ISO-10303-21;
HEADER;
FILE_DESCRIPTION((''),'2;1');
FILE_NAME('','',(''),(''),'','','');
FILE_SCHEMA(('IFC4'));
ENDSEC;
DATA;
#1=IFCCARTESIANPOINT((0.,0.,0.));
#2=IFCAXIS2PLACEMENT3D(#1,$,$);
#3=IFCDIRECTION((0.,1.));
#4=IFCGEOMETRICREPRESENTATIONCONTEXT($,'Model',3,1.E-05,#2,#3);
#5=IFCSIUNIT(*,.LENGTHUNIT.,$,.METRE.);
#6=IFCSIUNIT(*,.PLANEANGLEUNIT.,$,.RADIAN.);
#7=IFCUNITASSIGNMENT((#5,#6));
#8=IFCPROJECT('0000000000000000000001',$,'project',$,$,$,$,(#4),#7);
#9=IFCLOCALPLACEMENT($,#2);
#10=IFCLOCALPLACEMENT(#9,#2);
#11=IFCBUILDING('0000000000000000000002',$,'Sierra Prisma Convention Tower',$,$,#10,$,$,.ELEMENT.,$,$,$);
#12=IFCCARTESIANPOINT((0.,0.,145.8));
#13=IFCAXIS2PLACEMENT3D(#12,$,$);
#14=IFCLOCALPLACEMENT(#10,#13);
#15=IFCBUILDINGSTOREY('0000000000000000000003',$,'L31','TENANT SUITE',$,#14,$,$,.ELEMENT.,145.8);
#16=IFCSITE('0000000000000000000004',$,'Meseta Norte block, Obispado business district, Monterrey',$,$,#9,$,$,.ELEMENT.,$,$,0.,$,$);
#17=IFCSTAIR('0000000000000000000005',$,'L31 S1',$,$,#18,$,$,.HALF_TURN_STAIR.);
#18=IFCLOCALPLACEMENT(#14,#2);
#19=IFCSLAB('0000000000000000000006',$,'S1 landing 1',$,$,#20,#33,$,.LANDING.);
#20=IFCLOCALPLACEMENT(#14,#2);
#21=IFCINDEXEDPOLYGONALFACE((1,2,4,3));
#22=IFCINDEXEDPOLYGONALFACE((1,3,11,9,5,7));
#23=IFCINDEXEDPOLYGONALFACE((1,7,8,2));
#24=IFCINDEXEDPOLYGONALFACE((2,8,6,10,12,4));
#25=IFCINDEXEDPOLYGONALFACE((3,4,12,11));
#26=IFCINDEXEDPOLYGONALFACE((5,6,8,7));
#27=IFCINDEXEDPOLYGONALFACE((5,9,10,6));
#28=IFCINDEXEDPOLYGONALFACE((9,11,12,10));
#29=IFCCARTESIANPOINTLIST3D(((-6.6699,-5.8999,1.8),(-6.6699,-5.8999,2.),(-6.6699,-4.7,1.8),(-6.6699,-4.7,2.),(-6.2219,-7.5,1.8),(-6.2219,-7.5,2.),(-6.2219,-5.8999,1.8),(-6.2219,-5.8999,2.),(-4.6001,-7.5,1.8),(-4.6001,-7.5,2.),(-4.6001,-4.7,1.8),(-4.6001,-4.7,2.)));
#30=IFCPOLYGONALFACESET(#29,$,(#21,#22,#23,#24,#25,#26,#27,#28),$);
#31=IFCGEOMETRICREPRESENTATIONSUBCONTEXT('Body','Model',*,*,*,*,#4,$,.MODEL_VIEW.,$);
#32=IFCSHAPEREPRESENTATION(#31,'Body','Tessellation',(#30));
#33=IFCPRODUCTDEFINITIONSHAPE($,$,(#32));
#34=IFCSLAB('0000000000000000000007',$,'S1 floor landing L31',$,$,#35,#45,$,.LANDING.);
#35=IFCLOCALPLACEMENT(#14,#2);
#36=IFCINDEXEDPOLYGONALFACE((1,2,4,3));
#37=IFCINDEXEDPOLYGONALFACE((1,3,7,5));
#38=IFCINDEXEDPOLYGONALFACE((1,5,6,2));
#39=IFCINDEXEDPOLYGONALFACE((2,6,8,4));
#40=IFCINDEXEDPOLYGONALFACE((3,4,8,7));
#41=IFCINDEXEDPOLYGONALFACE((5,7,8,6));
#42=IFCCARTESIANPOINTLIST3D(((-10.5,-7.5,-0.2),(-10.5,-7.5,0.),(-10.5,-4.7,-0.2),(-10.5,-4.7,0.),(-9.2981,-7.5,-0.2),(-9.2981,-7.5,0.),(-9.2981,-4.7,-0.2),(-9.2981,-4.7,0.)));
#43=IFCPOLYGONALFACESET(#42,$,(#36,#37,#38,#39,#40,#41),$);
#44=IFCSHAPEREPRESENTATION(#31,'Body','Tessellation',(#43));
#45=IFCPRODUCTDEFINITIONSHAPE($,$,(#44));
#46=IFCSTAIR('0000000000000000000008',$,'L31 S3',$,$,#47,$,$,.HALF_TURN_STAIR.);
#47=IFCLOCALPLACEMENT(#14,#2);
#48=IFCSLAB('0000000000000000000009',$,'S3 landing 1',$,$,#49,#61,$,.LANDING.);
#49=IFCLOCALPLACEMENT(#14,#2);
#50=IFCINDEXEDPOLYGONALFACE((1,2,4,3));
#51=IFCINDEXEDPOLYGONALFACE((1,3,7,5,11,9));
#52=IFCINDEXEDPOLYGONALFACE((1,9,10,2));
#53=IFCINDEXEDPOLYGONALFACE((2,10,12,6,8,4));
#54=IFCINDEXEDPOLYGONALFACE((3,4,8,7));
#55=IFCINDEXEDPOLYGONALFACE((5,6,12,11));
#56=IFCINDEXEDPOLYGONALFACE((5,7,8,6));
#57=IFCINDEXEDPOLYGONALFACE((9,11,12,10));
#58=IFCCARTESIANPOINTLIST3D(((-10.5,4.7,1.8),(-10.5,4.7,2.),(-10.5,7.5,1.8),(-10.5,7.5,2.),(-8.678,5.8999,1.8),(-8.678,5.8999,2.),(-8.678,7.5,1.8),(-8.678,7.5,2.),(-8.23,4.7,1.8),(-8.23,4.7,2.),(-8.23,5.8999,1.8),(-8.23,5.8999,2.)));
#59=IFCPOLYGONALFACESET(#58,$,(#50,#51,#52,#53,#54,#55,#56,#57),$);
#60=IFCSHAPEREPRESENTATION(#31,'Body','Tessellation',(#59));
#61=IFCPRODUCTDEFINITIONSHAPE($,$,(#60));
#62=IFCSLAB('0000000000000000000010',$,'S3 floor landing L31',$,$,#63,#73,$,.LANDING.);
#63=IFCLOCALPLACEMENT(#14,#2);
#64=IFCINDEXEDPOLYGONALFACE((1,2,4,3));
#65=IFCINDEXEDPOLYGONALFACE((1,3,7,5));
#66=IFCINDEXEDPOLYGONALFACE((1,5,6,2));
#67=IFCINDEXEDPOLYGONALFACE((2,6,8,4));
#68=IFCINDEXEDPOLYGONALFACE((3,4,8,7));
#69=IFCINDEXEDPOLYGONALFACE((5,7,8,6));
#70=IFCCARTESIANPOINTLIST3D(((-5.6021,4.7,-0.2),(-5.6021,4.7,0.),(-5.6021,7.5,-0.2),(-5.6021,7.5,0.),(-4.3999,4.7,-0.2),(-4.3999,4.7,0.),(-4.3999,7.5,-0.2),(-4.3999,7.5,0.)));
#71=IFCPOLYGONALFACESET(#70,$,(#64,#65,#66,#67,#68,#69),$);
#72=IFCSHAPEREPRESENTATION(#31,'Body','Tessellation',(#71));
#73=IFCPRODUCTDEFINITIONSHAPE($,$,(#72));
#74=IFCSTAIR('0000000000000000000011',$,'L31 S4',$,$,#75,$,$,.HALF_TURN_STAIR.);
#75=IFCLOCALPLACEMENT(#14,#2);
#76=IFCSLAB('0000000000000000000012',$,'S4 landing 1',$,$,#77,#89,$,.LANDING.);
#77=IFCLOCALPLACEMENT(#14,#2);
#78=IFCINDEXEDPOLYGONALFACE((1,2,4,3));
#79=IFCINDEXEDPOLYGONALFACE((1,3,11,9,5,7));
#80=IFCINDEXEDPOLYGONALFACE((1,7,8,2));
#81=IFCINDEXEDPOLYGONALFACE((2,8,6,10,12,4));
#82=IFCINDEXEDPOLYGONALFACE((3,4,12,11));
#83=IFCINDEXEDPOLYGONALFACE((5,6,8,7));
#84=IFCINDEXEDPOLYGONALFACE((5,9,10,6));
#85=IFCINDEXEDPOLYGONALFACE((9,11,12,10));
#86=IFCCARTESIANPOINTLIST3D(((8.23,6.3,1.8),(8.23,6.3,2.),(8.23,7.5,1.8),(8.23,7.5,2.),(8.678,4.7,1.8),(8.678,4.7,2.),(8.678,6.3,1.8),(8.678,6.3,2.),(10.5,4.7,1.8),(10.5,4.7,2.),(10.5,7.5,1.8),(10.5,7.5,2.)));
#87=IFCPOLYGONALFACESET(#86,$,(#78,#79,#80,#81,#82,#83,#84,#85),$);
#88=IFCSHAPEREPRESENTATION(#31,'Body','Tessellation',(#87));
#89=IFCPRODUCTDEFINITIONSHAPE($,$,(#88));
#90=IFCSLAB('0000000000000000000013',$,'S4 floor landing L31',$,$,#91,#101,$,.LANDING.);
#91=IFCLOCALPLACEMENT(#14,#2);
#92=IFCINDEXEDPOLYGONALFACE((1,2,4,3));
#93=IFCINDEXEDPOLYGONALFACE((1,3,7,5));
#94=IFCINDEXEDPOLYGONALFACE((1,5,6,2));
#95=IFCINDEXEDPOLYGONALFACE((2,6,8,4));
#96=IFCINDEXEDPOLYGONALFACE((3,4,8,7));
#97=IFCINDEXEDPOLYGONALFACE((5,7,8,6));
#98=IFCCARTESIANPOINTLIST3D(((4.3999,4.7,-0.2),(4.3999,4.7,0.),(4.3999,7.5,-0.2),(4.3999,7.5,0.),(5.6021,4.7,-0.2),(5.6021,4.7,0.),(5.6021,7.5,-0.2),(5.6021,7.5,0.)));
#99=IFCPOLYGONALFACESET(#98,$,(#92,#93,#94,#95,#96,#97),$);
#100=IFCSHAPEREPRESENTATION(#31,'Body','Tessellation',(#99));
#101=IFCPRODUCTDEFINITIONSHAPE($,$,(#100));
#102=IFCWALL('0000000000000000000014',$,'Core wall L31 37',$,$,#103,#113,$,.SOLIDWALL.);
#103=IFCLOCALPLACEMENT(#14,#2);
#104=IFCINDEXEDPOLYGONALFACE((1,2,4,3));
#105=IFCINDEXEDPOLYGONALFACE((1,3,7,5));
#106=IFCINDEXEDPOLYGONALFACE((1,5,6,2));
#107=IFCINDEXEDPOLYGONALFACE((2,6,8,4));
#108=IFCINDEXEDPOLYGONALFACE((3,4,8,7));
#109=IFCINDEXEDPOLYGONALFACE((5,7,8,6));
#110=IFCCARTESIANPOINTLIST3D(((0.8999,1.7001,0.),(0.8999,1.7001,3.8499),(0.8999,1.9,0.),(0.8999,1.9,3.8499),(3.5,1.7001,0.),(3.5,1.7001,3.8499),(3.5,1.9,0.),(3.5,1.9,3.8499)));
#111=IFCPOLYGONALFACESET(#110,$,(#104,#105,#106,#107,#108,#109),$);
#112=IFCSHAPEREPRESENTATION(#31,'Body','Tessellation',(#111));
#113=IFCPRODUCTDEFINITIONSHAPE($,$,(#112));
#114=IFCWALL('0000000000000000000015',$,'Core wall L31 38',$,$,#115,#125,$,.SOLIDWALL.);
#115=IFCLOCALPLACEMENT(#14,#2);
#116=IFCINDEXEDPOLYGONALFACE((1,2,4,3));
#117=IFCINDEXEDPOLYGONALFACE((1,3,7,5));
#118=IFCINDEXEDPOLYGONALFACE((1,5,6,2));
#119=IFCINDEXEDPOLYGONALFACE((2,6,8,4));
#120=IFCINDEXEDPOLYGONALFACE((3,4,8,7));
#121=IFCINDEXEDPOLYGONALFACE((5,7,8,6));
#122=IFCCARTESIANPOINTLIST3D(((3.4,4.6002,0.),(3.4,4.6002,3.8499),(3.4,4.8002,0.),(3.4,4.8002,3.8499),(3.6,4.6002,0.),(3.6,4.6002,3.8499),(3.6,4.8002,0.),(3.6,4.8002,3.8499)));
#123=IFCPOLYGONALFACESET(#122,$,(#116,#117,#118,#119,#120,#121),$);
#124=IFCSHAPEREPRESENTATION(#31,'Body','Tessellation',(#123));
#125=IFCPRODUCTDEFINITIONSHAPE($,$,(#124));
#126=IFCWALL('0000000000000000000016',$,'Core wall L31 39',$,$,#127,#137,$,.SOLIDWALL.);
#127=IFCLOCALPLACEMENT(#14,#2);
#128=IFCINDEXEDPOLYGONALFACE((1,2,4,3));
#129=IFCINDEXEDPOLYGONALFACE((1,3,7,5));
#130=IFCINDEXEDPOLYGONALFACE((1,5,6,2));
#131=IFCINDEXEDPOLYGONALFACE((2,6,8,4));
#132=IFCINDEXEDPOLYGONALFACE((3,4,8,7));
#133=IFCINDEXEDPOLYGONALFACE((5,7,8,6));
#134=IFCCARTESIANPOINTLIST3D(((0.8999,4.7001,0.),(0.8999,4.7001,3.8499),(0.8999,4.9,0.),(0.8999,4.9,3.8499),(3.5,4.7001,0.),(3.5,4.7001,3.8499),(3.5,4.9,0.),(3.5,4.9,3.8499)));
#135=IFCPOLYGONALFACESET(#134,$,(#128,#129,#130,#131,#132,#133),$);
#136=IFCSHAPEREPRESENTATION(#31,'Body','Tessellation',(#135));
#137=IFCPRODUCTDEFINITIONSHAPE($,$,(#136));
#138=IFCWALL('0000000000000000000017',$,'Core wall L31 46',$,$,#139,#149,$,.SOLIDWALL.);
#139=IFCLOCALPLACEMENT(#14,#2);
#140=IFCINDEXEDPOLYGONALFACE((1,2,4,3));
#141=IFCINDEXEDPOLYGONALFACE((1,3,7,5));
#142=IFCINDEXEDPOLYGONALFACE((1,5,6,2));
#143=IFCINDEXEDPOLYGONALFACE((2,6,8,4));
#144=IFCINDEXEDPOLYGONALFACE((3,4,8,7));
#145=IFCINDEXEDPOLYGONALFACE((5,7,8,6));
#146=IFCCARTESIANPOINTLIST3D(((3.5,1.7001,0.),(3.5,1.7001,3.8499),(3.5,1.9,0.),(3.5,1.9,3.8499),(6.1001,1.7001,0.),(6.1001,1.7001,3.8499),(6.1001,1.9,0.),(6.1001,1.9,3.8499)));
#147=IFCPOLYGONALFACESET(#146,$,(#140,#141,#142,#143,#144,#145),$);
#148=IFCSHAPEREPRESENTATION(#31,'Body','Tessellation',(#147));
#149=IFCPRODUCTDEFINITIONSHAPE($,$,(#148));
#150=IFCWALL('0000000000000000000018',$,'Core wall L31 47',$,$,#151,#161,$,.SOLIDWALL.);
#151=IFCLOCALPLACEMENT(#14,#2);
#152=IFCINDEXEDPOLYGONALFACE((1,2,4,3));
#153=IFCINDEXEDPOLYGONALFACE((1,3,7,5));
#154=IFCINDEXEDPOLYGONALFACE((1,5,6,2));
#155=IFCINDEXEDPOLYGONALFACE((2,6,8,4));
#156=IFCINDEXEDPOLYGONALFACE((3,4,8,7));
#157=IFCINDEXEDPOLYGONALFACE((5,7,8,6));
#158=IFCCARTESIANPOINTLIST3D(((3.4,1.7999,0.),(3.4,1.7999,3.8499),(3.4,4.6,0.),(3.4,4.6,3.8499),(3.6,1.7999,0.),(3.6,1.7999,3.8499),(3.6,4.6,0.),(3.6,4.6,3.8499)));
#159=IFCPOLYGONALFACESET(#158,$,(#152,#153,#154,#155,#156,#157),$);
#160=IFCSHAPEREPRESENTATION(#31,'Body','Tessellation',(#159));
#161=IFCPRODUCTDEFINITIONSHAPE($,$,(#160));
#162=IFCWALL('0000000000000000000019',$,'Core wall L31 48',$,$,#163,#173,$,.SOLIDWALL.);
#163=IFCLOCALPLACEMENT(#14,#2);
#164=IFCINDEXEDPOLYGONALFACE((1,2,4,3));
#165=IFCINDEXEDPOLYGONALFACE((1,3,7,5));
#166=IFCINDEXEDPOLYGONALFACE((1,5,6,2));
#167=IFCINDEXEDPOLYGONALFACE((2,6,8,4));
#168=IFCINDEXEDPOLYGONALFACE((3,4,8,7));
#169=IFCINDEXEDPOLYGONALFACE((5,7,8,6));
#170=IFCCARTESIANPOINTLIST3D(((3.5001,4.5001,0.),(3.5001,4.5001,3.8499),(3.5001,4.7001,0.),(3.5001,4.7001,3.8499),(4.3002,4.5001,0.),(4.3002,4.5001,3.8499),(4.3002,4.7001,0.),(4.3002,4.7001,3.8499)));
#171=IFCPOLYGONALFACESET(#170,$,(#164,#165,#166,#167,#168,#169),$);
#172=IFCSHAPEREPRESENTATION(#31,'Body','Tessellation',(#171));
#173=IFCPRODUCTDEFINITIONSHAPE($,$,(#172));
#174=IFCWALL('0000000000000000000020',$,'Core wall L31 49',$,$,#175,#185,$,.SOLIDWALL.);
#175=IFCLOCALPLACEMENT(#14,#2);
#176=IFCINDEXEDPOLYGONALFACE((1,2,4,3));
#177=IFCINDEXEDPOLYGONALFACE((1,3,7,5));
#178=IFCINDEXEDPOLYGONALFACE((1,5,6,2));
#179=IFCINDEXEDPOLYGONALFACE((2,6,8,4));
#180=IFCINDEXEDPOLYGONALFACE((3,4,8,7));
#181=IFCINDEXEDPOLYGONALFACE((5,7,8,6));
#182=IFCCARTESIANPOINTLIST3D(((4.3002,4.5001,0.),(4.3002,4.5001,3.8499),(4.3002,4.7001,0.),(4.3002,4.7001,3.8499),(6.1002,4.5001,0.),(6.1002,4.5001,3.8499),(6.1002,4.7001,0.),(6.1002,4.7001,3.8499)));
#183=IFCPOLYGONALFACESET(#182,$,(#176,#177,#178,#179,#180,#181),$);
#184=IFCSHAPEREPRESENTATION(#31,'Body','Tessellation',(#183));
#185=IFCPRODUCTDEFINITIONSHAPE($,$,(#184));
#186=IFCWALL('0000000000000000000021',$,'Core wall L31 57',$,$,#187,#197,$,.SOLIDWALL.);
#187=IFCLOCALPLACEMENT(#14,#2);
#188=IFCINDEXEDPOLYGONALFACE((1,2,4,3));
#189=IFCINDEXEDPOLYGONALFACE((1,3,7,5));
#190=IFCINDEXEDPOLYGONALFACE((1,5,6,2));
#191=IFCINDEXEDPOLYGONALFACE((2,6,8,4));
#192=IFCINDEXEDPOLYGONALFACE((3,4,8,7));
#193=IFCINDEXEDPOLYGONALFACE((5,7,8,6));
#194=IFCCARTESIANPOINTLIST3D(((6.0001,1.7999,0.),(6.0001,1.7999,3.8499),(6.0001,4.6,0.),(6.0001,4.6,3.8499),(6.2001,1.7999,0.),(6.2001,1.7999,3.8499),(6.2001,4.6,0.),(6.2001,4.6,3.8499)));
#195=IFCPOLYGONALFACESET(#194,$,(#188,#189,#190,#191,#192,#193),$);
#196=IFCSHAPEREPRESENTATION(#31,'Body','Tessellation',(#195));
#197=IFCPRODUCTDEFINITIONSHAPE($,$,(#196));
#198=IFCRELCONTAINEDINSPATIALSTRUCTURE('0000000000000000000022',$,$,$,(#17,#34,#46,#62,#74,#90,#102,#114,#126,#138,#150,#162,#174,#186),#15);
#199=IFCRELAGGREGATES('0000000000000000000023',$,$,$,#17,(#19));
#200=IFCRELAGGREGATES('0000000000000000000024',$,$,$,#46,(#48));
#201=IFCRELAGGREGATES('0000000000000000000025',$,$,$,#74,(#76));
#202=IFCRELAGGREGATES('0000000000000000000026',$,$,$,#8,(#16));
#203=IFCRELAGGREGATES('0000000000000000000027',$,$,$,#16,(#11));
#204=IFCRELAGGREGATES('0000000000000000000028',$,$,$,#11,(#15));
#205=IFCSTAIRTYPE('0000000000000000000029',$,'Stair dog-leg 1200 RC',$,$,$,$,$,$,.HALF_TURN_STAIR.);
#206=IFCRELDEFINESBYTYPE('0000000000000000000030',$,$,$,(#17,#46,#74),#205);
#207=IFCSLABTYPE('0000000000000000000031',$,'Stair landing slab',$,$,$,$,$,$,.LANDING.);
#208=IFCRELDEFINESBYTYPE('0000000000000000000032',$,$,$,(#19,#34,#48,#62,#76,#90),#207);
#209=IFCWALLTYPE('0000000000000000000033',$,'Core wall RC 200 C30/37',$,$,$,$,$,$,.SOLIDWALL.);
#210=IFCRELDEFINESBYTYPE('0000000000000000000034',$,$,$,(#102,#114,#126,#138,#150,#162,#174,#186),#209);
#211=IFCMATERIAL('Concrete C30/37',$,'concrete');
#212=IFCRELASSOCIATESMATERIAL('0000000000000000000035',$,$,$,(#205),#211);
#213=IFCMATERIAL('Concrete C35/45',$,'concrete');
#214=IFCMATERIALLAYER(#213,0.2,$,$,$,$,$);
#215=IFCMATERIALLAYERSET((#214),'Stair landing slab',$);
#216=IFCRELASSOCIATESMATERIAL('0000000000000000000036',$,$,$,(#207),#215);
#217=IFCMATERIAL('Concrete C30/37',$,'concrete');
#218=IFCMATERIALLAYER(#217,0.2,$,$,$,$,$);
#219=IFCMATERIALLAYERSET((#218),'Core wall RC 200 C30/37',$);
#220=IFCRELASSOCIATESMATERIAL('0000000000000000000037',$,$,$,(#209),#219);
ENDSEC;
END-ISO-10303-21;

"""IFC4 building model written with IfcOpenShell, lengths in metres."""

from ifc_helpers import new_model, si_unit, direction, frame, frame_2d, origin, place, context, subcontext, project, spatial, polyline, rectangle, outline, extrude, material, layer, layer_set, type_object, element, aggregate, save


model = new_model("IFC4")

# Units and contexts
model_context = context("Model", 3, precision=1e-05, world=origin(), true_north=direction((0.0, 1.0)))
body_context = subcontext(model_context, "Body", "Model", "MODEL_VIEW")
ifc_project = project(units=[si_unit("LENGTHUNIT", "METRE"), si_unit("PLANEANGLEUNIT", "RADIAN")], contexts=[model_context])

# Site, building, storey
site_placement = place(None, origin())
site = spatial("IfcSite", under=ifc_project, at=site_placement, Name="Meseta Norte block, Obispado business district, Monterrey", CompositionType="ELEMENT", RefElevation=0.0)
building_placement = place(site_placement, origin())
building = spatial("IfcBuilding", under=site, at=building_placement, Name="Sierra Prisma Convention Tower", CompositionType="ELEMENT")
storey_placement = place(building_placement, frame((0.0, 0.0, 145.8)))
storey = spatial("IfcBuildingStorey", under=building, at=storey_placement, Name="L31", Description="TENANT SUITE", CompositionType="ELEMENT", Elevation=145.8)

# Stair, slab
ifc_material_1 = material(Name="Concrete C30/37", Category="concrete")
stair_type = type_object("IfcStairType", Name="Stair dog-leg 1200 RC", PredefinedType="HALF_TURN_STAIR", material=ifc_material_1)
stair_1_placement = place(storey_placement, origin())
stair_1 = element("IfcStair", 1, at=stair_1_placement, inside=storey, type_object=stair_type, Name="L31 S1", PredefinedType="HALF_TURN_STAIR")
ifc_material_2 = material(Name="Concrete C35/45", Category="concrete")
ifc_layer_1 = layer(ifc_material_2, 0.2)
ifc_layer_set_1 = layer_set([ifc_layer_1], Name="Stair landing slab")
slab_type = type_object("IfcSlabType", Name="Stair landing slab", PredefinedType="LANDING", material=ifc_layer_set_1)
slab_1_placement = place(storey_placement, frame((0.0, 0.0, 1.8)))
slab_1 = element("IfcSlab", 2, at=slab_1_placement, type_object=slab_type, Name="S1 landing 1", PredefinedType="LANDING", context=body_context, shape_type="SweptSolid", body=[
    extrude(outline(polyline([(-4.6001, -4.7), (-4.6001, -7.5), (-6.2219, -7.5), (-6.2219, -5.8999), (-6.6699, -5.8999), (-6.6699, -4.7), (-4.6001, -4.7)])), origin(), (0.0, 0.0, 1.0), 0.2),
])
aggregate(stair_1, [slab_1])

# Slab
slab_2_placement = place(storey_placement, frame((0.0, 0.0, -0.2)))
element("IfcSlab", 3, at=slab_2_placement, inside=storey, type_object=slab_type, Name="S1 floor landing L31", PredefinedType="LANDING", context=body_context, shape_type="SweptSolid", body=[
    extrude(outline(polyline([(-10.5, -7.5), (-9.2981, -7.5), (-9.2981, -4.7), (-10.5, -4.7), (-10.5, -7.5)])), origin(), (0.0, 0.0, 1.0), 0.2),
])

# Stair, slab
stair_2_placement = place(storey_placement, origin())
stair_2 = element("IfcStair", 4, at=stair_2_placement, inside=storey, type_object=stair_type, Name="L31 S3", PredefinedType="HALF_TURN_STAIR")
slab_3_placement = place(storey_placement, frame((0.0, 0.0, 1.8)))
slab_3 = element("IfcSlab", 5, at=slab_3_placement, type_object=slab_type, Name="S3 landing 1", PredefinedType="LANDING", context=body_context, shape_type="SweptSolid", body=[
    extrude(outline(polyline([(-8.23, 5.8999), (-8.23, 4.7), (-10.5, 4.7), (-10.5, 7.5), (-8.678, 7.5), (-8.678, 5.8999), (-8.23, 5.8999)])), origin(), (0.0, 0.0, 1.0), 0.2),
])
aggregate(stair_2, [slab_3])

# Slab
slab_4_placement = place(storey_placement, frame((0.0, 0.0, -0.2)))
element("IfcSlab", 6, at=slab_4_placement, inside=storey, type_object=slab_type, Name="S3 floor landing L31", PredefinedType="LANDING", context=body_context, shape_type="SweptSolid", body=[
    extrude(outline(polyline([(-4.3999, 7.5), (-5.6021, 7.5), (-5.6021, 4.7), (-4.3999, 4.7), (-4.3999, 7.5)])), origin(), (0.0, 0.0, 1.0), 0.2),
])

# Stair, slab
stair_3_placement = place(storey_placement, origin())
stair_3 = element("IfcStair", 7, at=stair_3_placement, inside=storey, type_object=stair_type, Name="L31 S4", PredefinedType="HALF_TURN_STAIR")
slab_5_placement = place(storey_placement, frame((0.0, 0.0, 1.8)))
slab_5 = element("IfcSlab", 8, at=slab_5_placement, type_object=slab_type, Name="S4 landing 1", PredefinedType="LANDING", context=body_context, shape_type="SweptSolid", body=[
    extrude(outline(polyline([(10.5, 7.5), (10.5, 4.7), (8.678, 4.7), (8.678, 6.3), (8.23, 6.3), (8.23, 7.5), (10.5, 7.5)])), origin(), (0.0, 0.0, 1.0), 0.2),
])

# Slab
slab_6_placement = place(storey_placement, frame((0.0, 0.0, -0.2)))
element("IfcSlab", 9, at=slab_6_placement, inside=storey, type_object=slab_type, Name="S4 floor landing L31", PredefinedType="LANDING", context=body_context, shape_type="SweptSolid", body=[
    extrude(outline(polyline([(4.3999, 4.7), (5.6021, 4.7), (5.6021, 7.5), (4.3999, 7.5), (4.3999, 4.7)])), origin(), (0.0, 0.0, 1.0), 0.2),
])

# Shared definitions
ifc_material_3 = material(Name="Concrete C30/37", Category="concrete")
ifc_layer_2 = layer(ifc_material_3, 0.2)
ifc_layer_set_2 = layer_set([ifc_layer_2], Name="Core wall RC 200 C30/37")
wall_type_1 = type_object("IfcWallType", Name="Core wall RC 200 C30/37", PredefinedType="SOLIDWALL", material=ifc_layer_set_2)

# Walls
wall_1_placement = place(storey_placement, frame((3.5, 1.8, 0.0), z_axis=(0.0, 0.0, 1.0), x_axis=(-1.0, 0.0, 0.0)))
element("IfcWall", 10, at=wall_1_placement, inside=storey, type_object=wall_type_1, Name="Core wall L31 37", PredefinedType="SOLIDWALL", context=body_context, shape_type="SweptSolid", body=[
    extrude(rectangle(XDim=2.6001, YDim=0.2, at=frame_2d((1.3, 0.0))), origin(), (0.0, 0.0, 1.0), 3.8499),
])
wall_2_placement = place(storey_placement, frame((3.5, 4.6001, 0.0), z_axis=(0.0, 0.0, 1.0), x_axis=(0.0, 1.0, 0.0)))
element("IfcWall", 11, at=wall_2_placement, inside=storey, type_object=wall_type_1, Name="Core wall L31 38", PredefinedType="SOLIDWALL", context=body_context, shape_type="SweptSolid", body=[
    extrude(rectangle(XDim=0.2, YDim=0.2, at=frame_2d((0.1001, 0.0))), origin(), (0.0, 0.0, 1.0), 3.8499),
])
wall_3_placement = place(storey_placement, frame((3.5, 4.8, 0.0), z_axis=(0.0, 0.0, 1.0), x_axis=(-1.0, 0.0, 0.0)))
element("IfcWall", 12, at=wall_3_placement, inside=storey, type_object=wall_type_1, Name="Core wall L31 39", PredefinedType="SOLIDWALL", context=body_context, shape_type="SweptSolid", body=[
    extrude(rectangle(XDim=2.6001, YDim=0.2, at=frame_2d((1.3, 0.0))), origin(), (0.0, 0.0, 1.0), 3.8499),
])

# Walls
wall_4_placement = place(storey_placement, frame((6.1001, 1.8, 0.0), z_axis=(0.0, 0.0, 1.0), x_axis=(-1.0, 0.0, 0.0)))
element("IfcWall", 13, at=wall_4_placement, inside=storey, type_object=wall_type_1, Name="Core wall L31 46", PredefinedType="SOLIDWALL", context=body_context, shape_type="SweptSolid", body=[
    extrude(rectangle(XDim=2.6001, YDim=0.2, at=frame_2d((1.3, 0.0))), origin(), (0.0, 0.0, 1.0), 3.8499),
])
wall_5_placement = place(storey_placement, frame((3.5, 1.8, 0.0), z_axis=(0.0, 0.0, 1.0), x_axis=(0.0, 1.0, 0.0)))
element("IfcWall", 14, at=wall_5_placement, inside=storey, type_object=wall_type_1, Name="Core wall L31 47", PredefinedType="SOLIDWALL", context=body_context, shape_type="SweptSolid", body=[
    extrude(rectangle(XDim=2.8, YDim=0.2, at=frame_2d((1.3999, 0.0))), origin(), (0.0, 0.0, 1.0), 3.8499),
])
wall_6_placement = place(storey_placement, frame((4.3, 4.6001, 0.0), z_axis=(0.0, 0.0, 1.0), x_axis=(-1.0, 0.0, 0.0)))
element("IfcWall", 15, at=wall_6_placement, inside=storey, type_object=wall_type_1, Name="Core wall L31 48", PredefinedType="SOLIDWALL", context=body_context, shape_type="SweptSolid", body=[
    extrude(rectangle(XDim=0.8, YDim=0.2, at=frame_2d((0.3999, 0.0))), origin(), (0.0, 0.0, 1.0), 3.8499),
])
wall_7_placement = place(storey_placement, frame((6.1001, 4.6001, 0.0), z_axis=(0.0, 0.0, 1.0), x_axis=(-1.0, 0.0, 0.0)))
element("IfcWall", 16, at=wall_7_placement, inside=storey, type_object=wall_type_1, Name="Core wall L31 49", PredefinedType="SOLIDWALL", context=body_context, shape_type="SweptSolid", body=[
    extrude(rectangle(XDim=1.8, YDim=0.2, at=frame_2d((0.8999, 0.0))), origin(), (0.0, 0.0, 1.0), 3.8499),
])

# Wall
wall_8_placement = place(storey_placement, frame((6.1001, 1.8, 0.0), z_axis=(0.0, 0.0, 1.0), x_axis=(0.0, 1.0, 0.0)))
element("IfcWall", 17, at=wall_8_placement, inside=storey, type_object=wall_type_1, Name="Core wall L31 57", PredefinedType="SOLIDWALL", context=body_context, shape_type="SweptSolid", body=[
    extrude(rectangle(XDim=2.8, YDim=0.2, at=frame_2d((1.3999, 0.0))), origin(), (0.0, 0.0, 1.0), 3.8499),
])

aggregate(stair_3, [slab_5])

save(model, "model.ifc")
